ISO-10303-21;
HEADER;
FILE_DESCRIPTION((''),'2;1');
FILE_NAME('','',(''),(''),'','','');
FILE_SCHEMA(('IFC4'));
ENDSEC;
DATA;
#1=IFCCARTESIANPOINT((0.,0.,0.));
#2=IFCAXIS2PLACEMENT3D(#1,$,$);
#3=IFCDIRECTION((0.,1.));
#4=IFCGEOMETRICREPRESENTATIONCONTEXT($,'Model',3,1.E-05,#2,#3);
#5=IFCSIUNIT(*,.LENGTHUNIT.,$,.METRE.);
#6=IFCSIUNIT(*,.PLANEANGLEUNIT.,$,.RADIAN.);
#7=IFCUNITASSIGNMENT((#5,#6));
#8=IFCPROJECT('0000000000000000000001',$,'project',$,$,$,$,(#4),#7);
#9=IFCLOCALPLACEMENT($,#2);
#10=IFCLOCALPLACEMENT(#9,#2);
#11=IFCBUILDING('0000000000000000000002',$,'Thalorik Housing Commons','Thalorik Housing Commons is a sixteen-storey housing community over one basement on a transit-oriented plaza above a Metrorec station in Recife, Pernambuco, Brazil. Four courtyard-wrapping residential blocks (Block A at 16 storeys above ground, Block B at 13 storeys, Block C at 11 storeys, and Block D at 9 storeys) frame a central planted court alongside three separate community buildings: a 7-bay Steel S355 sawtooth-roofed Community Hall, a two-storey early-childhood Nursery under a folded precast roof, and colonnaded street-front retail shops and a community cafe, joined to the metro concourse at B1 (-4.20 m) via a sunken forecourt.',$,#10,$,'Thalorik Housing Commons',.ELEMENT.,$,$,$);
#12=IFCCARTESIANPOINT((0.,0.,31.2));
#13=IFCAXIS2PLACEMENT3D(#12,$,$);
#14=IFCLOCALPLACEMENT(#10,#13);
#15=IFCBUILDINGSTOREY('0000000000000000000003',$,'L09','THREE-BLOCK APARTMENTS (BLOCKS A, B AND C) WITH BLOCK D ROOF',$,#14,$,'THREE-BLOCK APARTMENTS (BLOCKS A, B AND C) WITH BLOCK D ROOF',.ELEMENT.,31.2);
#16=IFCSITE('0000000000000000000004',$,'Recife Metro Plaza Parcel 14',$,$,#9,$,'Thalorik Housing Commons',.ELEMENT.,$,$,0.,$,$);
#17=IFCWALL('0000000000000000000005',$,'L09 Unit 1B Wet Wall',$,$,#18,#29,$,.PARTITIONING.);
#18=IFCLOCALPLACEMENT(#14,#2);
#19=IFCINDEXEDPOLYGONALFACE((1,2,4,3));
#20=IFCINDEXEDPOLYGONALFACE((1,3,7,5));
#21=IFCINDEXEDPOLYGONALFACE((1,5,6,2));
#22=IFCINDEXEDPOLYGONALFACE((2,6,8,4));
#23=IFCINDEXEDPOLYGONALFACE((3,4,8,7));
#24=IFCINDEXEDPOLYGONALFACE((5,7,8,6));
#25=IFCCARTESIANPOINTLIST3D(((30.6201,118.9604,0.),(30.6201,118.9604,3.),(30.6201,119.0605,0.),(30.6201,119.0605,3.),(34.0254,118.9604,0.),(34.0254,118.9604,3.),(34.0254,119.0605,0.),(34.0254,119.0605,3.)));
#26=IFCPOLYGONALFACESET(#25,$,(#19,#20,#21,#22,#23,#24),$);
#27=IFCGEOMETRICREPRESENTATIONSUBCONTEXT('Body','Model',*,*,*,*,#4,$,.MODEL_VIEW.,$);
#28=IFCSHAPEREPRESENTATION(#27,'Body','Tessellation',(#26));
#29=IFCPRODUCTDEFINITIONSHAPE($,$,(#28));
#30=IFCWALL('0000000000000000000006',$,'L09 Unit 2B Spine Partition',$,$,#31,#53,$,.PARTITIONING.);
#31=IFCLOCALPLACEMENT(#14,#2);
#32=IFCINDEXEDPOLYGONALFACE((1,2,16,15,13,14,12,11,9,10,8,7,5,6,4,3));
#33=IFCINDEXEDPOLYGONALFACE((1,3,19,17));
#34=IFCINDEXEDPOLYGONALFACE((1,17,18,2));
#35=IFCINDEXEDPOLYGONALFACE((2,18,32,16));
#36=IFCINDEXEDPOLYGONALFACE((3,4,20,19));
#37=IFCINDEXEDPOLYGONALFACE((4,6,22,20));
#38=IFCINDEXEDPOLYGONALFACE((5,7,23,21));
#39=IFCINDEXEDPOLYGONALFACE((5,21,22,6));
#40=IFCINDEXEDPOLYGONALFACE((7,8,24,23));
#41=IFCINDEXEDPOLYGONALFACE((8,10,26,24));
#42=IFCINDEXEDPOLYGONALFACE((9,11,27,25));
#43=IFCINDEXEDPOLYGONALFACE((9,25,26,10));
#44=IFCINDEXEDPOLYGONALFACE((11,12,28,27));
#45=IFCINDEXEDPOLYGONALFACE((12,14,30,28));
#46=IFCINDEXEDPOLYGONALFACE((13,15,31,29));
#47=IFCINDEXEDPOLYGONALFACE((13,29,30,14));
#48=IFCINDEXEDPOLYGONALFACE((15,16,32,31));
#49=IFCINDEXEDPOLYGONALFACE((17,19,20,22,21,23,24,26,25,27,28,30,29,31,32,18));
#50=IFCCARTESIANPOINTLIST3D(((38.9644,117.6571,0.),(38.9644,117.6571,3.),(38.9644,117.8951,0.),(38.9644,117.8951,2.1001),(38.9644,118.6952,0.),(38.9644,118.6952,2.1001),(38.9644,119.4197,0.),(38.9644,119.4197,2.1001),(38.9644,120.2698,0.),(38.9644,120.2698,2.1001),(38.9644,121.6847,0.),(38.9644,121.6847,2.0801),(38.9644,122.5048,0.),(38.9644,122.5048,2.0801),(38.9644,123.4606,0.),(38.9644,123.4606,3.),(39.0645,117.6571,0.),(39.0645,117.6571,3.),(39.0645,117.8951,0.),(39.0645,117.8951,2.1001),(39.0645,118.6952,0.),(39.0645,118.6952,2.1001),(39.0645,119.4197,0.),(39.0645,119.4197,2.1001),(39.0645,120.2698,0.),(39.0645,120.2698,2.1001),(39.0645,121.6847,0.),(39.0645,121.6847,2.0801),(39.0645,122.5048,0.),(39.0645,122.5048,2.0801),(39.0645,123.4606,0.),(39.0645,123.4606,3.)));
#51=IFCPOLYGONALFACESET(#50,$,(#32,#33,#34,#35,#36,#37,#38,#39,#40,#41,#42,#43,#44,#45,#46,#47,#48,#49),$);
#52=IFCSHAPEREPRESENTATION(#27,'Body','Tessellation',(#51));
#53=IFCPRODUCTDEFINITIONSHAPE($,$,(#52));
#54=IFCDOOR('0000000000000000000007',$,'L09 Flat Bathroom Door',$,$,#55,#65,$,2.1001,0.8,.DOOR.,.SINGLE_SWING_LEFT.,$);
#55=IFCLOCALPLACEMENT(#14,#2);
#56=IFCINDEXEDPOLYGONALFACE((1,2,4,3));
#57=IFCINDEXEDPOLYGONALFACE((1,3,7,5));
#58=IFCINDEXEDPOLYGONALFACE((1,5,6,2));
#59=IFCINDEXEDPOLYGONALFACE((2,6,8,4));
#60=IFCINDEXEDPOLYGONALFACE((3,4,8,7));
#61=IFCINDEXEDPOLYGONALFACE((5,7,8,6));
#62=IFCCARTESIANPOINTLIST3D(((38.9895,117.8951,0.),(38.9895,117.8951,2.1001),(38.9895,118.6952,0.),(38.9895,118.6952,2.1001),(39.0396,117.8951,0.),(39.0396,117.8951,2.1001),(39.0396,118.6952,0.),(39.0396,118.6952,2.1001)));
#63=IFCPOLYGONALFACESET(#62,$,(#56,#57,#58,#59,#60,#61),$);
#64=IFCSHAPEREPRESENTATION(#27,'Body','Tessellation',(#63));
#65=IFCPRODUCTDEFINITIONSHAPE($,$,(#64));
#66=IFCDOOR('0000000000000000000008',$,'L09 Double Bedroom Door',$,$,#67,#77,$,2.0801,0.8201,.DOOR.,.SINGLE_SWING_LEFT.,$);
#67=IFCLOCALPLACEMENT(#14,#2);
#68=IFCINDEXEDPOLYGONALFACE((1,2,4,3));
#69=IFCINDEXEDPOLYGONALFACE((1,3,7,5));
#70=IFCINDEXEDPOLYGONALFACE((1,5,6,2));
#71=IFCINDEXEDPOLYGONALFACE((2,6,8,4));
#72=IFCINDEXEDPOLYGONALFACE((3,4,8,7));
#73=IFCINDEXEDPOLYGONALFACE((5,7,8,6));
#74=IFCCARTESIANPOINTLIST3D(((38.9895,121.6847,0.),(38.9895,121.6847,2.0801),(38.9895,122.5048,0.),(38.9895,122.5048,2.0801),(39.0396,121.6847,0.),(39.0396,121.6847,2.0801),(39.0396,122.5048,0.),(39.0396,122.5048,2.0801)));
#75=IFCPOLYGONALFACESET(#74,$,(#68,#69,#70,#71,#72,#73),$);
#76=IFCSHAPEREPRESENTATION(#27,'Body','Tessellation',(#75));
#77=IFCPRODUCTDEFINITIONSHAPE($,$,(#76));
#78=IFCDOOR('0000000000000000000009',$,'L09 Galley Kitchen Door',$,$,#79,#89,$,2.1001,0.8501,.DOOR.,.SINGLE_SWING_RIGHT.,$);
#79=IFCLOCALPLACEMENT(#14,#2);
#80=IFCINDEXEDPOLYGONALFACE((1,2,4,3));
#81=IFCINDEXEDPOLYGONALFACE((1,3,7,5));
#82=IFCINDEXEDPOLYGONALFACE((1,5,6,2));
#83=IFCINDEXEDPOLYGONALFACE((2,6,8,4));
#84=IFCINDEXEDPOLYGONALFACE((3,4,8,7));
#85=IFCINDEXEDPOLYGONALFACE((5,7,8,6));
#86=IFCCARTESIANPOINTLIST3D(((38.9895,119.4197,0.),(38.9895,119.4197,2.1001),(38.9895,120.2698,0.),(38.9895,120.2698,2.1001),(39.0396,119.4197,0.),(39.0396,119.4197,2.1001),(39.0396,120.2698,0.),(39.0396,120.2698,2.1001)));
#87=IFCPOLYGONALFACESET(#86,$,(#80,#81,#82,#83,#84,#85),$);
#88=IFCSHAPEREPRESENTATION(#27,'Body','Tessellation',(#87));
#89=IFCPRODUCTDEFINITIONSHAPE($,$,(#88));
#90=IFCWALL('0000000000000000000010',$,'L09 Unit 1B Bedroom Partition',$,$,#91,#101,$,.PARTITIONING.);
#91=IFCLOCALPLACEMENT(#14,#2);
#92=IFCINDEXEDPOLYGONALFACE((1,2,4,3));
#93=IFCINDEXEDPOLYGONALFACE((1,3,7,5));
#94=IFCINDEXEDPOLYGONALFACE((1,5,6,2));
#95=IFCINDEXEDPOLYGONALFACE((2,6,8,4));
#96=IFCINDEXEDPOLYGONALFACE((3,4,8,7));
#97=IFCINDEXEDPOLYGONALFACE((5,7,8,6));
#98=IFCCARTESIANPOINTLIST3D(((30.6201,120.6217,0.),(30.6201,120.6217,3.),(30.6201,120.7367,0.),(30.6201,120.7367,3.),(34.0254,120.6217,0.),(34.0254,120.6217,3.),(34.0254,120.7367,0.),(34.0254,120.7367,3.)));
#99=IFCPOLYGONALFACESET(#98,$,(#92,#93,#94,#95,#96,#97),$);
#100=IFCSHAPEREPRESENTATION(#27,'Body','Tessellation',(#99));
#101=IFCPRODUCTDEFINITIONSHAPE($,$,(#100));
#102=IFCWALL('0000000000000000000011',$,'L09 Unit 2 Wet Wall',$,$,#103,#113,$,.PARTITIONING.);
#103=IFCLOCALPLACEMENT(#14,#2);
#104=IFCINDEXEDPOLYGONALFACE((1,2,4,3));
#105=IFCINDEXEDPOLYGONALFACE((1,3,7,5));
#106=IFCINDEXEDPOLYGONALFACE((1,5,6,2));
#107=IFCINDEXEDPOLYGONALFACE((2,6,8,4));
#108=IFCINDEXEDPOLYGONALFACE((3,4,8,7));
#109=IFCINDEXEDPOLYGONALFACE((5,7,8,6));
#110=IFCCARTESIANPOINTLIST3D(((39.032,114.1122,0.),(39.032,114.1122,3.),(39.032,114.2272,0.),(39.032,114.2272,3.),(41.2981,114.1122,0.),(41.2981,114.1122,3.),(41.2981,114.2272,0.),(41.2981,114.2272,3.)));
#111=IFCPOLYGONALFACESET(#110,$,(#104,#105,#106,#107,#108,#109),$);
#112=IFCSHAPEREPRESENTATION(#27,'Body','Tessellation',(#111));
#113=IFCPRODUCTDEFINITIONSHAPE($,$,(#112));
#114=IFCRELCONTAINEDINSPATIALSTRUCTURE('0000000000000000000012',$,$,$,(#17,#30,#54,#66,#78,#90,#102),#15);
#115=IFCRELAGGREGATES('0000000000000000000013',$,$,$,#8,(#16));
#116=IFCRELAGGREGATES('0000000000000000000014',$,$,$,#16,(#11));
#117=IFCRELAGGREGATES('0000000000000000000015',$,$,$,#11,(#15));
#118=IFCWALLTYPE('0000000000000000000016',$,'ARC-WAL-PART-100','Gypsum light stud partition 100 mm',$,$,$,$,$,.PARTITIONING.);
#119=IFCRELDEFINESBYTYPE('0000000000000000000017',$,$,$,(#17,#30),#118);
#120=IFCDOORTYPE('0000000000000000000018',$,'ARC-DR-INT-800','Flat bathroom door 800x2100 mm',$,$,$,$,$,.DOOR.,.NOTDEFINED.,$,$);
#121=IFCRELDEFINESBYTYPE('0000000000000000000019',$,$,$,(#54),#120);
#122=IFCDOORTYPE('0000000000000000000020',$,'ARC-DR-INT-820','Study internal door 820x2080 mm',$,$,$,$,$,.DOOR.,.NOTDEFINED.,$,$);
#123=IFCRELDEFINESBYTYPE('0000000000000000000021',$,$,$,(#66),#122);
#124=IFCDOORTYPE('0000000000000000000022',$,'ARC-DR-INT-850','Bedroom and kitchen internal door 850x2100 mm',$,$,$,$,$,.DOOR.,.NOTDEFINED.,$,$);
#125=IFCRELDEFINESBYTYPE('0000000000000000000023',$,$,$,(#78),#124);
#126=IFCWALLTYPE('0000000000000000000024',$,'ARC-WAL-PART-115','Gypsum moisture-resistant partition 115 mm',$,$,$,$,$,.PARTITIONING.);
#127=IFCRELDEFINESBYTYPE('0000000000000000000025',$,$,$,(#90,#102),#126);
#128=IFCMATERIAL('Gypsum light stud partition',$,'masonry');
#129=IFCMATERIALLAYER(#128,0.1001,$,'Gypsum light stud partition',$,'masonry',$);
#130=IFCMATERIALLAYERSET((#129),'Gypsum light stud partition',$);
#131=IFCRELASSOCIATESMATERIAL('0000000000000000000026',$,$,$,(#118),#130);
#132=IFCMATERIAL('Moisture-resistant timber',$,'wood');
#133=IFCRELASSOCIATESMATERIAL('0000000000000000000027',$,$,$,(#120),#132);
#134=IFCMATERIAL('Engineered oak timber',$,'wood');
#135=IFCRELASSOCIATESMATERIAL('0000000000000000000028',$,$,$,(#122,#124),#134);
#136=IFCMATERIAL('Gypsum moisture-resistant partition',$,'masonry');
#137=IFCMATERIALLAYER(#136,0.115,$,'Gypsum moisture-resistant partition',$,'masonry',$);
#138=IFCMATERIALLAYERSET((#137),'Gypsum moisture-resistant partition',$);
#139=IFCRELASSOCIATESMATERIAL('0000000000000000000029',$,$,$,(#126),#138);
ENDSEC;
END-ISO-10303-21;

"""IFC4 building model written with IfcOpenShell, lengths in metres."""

from ifc_helpers import new_model, si_unit, direction, frame, frame_2d, origin, place, context, subcontext, project, spatial, rectangle, extrude, material, layer, layer_set, type_object, element, fill, save


model = new_model("IFC4")

# Units and contexts
model_context = context("Model", 3, precision=1e-05, world=origin(), true_north=direction((0.0, 1.0)))
body_context = subcontext(model_context, "Body", "Model", "MODEL_VIEW")
ifc_project = project(units=[si_unit("LENGTHUNIT", "METRE"), si_unit("PLANEANGLEUNIT", "RADIAN")], contexts=[model_context])

# Site, building, storey
site_placement = place(None, origin())
site = spatial("IfcSite", under=ifc_project, at=site_placement, Name="Recife Metro Plaza Parcel 14", LongName="Thalorik Housing Commons", CompositionType="ELEMENT", RefElevation=0.0)
building_placement = place(site_placement, origin())
building = spatial("IfcBuilding", under=site, at=building_placement, Name="Thalorik Housing Commons", Description="Thalorik Housing Commons is a sixteen-storey housing community over one basement on a transit-oriented plaza above a Metrorec station in Recife, Pernambuco, Brazil. Four courtyard-wrapping residential blocks (Block A at 16 storeys above ground, Block B at 13 storeys, Block C at 11 storeys, and Block D at 9 storeys) frame a central planted court alongside three separate community buildings: a 7-bay Steel S355 sawtooth-roofed Community Hall, a two-storey early-childhood Nursery under a folded precast roof, and colonnaded street-front retail shops and a community cafe, joined to the metro concourse at B1 (-4.20 m) via a sunken forecourt.", LongName="Thalorik Housing Commons", CompositionType="ELEMENT")
storey_placement = place(building_placement, frame((0.0, 0.0, 31.2)))
storey = spatial("IfcBuildingStorey", under=building, at=storey_placement, Name="L09", Description="THREE-BLOCK APARTMENTS (BLOCKS A, B AND C) WITH BLOCK D ROOF", LongName="THREE-BLOCK APARTMENTS (BLOCKS A, B AND C) WITH BLOCK D ROOF", CompositionType="ELEMENT", Elevation=31.2)

# Wall
ifc_material_1 = material(Name="Gypsum light stud partition", Category="masonry")
ifc_layer_1 = layer(ifc_material_1, 0.1001, Name="Gypsum light stud partition", Category="masonry")
ifc_layer_set_1 = layer_set([ifc_layer_1], Name="Gypsum light stud partition")
wall_type_1 = type_object("IfcWallType", Name="ARC-WAL-PART-100", Description="Gypsum light stud partition 100 mm", PredefinedType="PARTITIONING", material=ifc_layer_set_1)
wall_1_placement = place(storey_placement, frame((30.6201, 119.0105, 0.0), z_axis=(0.0, 0.0, 1.0), x_axis=(1.0, 0.0, 0.0)))
element("IfcWall", 1, at=wall_1_placement, inside=storey, type_object=wall_type_1, Name="L09 Unit 1B Wet Wall", PredefinedType="PARTITIONING", context=body_context, shape_type="SweptSolid", body=[
    extrude(rectangle(XDim=3.4053, YDim=0.1001, at=frame_2d((1.7026, 0.0))), origin(), (0.0, 0.0, 1.0), 3.0),
])

# Wall, openings, doors
wall_2_placement = place(storey_placement, frame((39.0144, 117.657, 0.0), z_axis=(0.0, 0.0, 1.0), x_axis=(0.0, 1.0, 0.0)))
wall_2 = element("IfcWall", 2, at=wall_2_placement, inside=storey, type_object=wall_type_1, Name="L09 Unit 2B Spine Partition", PredefinedType="PARTITIONING", context=body_context, shape_type="SweptSolid", body=[
    extrude(rectangle(XDim=5.8035, YDim=0.1001, at=frame_2d((2.9019, 0.0))), origin(), (0.0, 0.0, 1.0), 3.0),
])
opening_1_placement = place(wall_2_placement, frame((0.2383, 0.0, 0.0)))
opening_1 = element("IfcOpeningElement", 3, at=opening_1_placement, cuts=wall_2, PredefinedType="OPENING", context=body_context, shape_type="SweptSolid", body=[
    extrude(rectangle(XDim=0.8, YDim=2.1001, at=frame_2d((0.3999, 1.05))), frame((0.0, 0.0601, 0.0), z_axis=(0.0, -1.0, 0.0), x_axis=(1.0, 0.0, 0.0)), (0.0, 0.0, 1.0), 0.1201),
])
opening_2_placement = place(wall_2_placement, frame((1.7627, 0.0, 0.0)))
opening_2 = element("IfcOpeningElement", 4, at=opening_2_placement, cuts=wall_2, PredefinedType="OPENING", context=body_context, shape_type="SweptSolid", body=[
    extrude(rectangle(XDim=0.8501, YDim=2.1001, at=frame_2d((0.425, 1.05))), frame((0.0, 0.0601, 0.0), z_axis=(0.0, -1.0, 0.0), x_axis=(1.0, 0.0, 0.0)), (0.0, 0.0, 1.0), 0.1201),
])
opening_3_placement = place(wall_2_placement, frame((4.0276, 0.0, 0.0)))
opening_3 = element("IfcOpeningElement", 5, at=opening_3_placement, cuts=wall_2, PredefinedType="OPENING", context=body_context, shape_type="SweptSolid", body=[
    extrude(rectangle(XDim=0.8201, YDim=2.0801, at=frame_2d((0.4102, 1.04))), frame((0.0, 0.0601, 0.0), z_axis=(0.0, -1.0, 0.0), x_axis=(1.0, 0.0, 0.0)), (0.0, 0.0, 1.0), 0.1201),
])
ifc_material_2 = material(Name="Moisture-resistant timber", Category="wood")
door_type_1 = type_object("IfcDoorType", Name="ARC-DR-INT-800", Description="Flat bathroom door 800x2100 mm", OperationType="NOTDEFINED", PredefinedType="DOOR", material=ifc_material_2)
door_1_placement = place(opening_1_placement, origin())
door_1 = element("IfcDoor", 6, at=door_1_placement, inside=storey, type_object=door_type_1, Name="L09 Flat Bathroom Door", OperationType="SINGLE_SWING_LEFT", OverallHeight=2.1001, OverallWidth=0.8, PredefinedType="DOOR", context=body_context, shape_type="SweptSolid", body=[
    extrude(rectangle(XDim=0.8, YDim=2.1001, at=frame_2d((0.3999, 1.05))), frame((0.0, 0.0249, 0.0), z_axis=(0.0, -1.0, 0.0), x_axis=(1.0, 0.0, 0.0)), (0.0, 0.0, 1.0), 0.05),
])
fill(opening_1, door_1)
ifc_material_3 = material(Name="Engineered oak timber", Category="wood")
door_type_2 = type_object("IfcDoorType", Name="ARC-DR-INT-820", Description="Study internal door 820x2080 mm", OperationType="NOTDEFINED", PredefinedType="DOOR", material=ifc_material_3)
door_2_placement = place(opening_3_placement, origin())
door_2 = element("IfcDoor", 7, at=door_2_placement, inside=storey, type_object=door_type_2, Name="L09 Double Bedroom Door", OperationType="SINGLE_SWING_LEFT", OverallHeight=2.0801, OverallWidth=0.8201, PredefinedType="DOOR", context=body_context, shape_type="SweptSolid", body=[
    extrude(rectangle(XDim=0.8201, YDim=2.0801, at=frame_2d((0.4102, 1.04))), frame((0.0, 0.0249, 0.0), z_axis=(0.0, -1.0, 0.0), x_axis=(1.0, 0.0, 0.0)), (0.0, 0.0, 1.0), 0.05),
])
fill(opening_3, door_2)
door_type_3 = type_object("IfcDoorType", Name="ARC-DR-INT-850", Description="Bedroom and kitchen internal door 850x2100 mm", OperationType="NOTDEFINED", PredefinedType="DOOR", material=ifc_material_3)
door_3_placement = place(opening_2_placement, origin())
door_3 = element("IfcDoor", 8, at=door_3_placement, inside=storey, type_object=door_type_3, Name="L09 Galley Kitchen Door", OperationType="SINGLE_SWING_RIGHT", OverallHeight=2.1001, OverallWidth=0.8501, PredefinedType="DOOR", context=body_context, shape_type="SweptSolid", body=[
    extrude(rectangle(XDim=0.8501, YDim=2.1001, at=frame_2d((0.425, 1.05))), frame((0.0, 0.0249, 0.0), z_axis=(0.0, -1.0, 0.0), x_axis=(1.0, 0.0, 0.0)), (0.0, 0.0, 1.0), 0.05),
])
fill(opening_2, door_3)

# Walls
ifc_material_4 = material(Name="Gypsum moisture-resistant partition", Category="masonry")
ifc_layer_2 = layer(ifc_material_4, 0.115, Name="Gypsum moisture-resistant partition", Category="masonry")
ifc_layer_set_2 = layer_set([ifc_layer_2], Name="Gypsum moisture-resistant partition")
wall_type_2 = type_object("IfcWallType", Name="ARC-WAL-PART-115", Description="Gypsum moisture-resistant partition 115 mm", PredefinedType="PARTITIONING", material=ifc_layer_set_2)
wall_3_placement = place(storey_placement, frame((30.6201, 120.6792, 0.0), z_axis=(0.0, 0.0, 1.0), x_axis=(1.0, 0.0, 0.0)))
element("IfcWall", 9, at=wall_3_placement, inside=storey, type_object=wall_type_2, Name="L09 Unit 1B Bedroom Partition", PredefinedType="PARTITIONING", context=body_context, shape_type="SweptSolid", body=[
    extrude(rectangle(XDim=3.4053, YDim=0.115, at=frame_2d((1.7026, 0.0))), origin(), (0.0, 0.0, 1.0), 3.0),
])
wall_4_placement = place(storey_placement, frame((39.032, 114.1697, 0.0), z_axis=(0.0, 0.0, 1.0), x_axis=(1.0, 0.0, 0.0)))
element("IfcWall", 10, at=wall_4_placement, inside=storey, type_object=wall_type_2, Name="L09 Unit 2 Wet Wall", PredefinedType="PARTITIONING", context=body_context, shape_type="SweptSolid", body=[
    extrude(rectangle(XDim=2.2661, YDim=0.115, at=frame_2d((1.1331, 0.0))), origin(), (0.0, 0.0, 1.0), 3.0),
])

save(model, "model.ifc")
